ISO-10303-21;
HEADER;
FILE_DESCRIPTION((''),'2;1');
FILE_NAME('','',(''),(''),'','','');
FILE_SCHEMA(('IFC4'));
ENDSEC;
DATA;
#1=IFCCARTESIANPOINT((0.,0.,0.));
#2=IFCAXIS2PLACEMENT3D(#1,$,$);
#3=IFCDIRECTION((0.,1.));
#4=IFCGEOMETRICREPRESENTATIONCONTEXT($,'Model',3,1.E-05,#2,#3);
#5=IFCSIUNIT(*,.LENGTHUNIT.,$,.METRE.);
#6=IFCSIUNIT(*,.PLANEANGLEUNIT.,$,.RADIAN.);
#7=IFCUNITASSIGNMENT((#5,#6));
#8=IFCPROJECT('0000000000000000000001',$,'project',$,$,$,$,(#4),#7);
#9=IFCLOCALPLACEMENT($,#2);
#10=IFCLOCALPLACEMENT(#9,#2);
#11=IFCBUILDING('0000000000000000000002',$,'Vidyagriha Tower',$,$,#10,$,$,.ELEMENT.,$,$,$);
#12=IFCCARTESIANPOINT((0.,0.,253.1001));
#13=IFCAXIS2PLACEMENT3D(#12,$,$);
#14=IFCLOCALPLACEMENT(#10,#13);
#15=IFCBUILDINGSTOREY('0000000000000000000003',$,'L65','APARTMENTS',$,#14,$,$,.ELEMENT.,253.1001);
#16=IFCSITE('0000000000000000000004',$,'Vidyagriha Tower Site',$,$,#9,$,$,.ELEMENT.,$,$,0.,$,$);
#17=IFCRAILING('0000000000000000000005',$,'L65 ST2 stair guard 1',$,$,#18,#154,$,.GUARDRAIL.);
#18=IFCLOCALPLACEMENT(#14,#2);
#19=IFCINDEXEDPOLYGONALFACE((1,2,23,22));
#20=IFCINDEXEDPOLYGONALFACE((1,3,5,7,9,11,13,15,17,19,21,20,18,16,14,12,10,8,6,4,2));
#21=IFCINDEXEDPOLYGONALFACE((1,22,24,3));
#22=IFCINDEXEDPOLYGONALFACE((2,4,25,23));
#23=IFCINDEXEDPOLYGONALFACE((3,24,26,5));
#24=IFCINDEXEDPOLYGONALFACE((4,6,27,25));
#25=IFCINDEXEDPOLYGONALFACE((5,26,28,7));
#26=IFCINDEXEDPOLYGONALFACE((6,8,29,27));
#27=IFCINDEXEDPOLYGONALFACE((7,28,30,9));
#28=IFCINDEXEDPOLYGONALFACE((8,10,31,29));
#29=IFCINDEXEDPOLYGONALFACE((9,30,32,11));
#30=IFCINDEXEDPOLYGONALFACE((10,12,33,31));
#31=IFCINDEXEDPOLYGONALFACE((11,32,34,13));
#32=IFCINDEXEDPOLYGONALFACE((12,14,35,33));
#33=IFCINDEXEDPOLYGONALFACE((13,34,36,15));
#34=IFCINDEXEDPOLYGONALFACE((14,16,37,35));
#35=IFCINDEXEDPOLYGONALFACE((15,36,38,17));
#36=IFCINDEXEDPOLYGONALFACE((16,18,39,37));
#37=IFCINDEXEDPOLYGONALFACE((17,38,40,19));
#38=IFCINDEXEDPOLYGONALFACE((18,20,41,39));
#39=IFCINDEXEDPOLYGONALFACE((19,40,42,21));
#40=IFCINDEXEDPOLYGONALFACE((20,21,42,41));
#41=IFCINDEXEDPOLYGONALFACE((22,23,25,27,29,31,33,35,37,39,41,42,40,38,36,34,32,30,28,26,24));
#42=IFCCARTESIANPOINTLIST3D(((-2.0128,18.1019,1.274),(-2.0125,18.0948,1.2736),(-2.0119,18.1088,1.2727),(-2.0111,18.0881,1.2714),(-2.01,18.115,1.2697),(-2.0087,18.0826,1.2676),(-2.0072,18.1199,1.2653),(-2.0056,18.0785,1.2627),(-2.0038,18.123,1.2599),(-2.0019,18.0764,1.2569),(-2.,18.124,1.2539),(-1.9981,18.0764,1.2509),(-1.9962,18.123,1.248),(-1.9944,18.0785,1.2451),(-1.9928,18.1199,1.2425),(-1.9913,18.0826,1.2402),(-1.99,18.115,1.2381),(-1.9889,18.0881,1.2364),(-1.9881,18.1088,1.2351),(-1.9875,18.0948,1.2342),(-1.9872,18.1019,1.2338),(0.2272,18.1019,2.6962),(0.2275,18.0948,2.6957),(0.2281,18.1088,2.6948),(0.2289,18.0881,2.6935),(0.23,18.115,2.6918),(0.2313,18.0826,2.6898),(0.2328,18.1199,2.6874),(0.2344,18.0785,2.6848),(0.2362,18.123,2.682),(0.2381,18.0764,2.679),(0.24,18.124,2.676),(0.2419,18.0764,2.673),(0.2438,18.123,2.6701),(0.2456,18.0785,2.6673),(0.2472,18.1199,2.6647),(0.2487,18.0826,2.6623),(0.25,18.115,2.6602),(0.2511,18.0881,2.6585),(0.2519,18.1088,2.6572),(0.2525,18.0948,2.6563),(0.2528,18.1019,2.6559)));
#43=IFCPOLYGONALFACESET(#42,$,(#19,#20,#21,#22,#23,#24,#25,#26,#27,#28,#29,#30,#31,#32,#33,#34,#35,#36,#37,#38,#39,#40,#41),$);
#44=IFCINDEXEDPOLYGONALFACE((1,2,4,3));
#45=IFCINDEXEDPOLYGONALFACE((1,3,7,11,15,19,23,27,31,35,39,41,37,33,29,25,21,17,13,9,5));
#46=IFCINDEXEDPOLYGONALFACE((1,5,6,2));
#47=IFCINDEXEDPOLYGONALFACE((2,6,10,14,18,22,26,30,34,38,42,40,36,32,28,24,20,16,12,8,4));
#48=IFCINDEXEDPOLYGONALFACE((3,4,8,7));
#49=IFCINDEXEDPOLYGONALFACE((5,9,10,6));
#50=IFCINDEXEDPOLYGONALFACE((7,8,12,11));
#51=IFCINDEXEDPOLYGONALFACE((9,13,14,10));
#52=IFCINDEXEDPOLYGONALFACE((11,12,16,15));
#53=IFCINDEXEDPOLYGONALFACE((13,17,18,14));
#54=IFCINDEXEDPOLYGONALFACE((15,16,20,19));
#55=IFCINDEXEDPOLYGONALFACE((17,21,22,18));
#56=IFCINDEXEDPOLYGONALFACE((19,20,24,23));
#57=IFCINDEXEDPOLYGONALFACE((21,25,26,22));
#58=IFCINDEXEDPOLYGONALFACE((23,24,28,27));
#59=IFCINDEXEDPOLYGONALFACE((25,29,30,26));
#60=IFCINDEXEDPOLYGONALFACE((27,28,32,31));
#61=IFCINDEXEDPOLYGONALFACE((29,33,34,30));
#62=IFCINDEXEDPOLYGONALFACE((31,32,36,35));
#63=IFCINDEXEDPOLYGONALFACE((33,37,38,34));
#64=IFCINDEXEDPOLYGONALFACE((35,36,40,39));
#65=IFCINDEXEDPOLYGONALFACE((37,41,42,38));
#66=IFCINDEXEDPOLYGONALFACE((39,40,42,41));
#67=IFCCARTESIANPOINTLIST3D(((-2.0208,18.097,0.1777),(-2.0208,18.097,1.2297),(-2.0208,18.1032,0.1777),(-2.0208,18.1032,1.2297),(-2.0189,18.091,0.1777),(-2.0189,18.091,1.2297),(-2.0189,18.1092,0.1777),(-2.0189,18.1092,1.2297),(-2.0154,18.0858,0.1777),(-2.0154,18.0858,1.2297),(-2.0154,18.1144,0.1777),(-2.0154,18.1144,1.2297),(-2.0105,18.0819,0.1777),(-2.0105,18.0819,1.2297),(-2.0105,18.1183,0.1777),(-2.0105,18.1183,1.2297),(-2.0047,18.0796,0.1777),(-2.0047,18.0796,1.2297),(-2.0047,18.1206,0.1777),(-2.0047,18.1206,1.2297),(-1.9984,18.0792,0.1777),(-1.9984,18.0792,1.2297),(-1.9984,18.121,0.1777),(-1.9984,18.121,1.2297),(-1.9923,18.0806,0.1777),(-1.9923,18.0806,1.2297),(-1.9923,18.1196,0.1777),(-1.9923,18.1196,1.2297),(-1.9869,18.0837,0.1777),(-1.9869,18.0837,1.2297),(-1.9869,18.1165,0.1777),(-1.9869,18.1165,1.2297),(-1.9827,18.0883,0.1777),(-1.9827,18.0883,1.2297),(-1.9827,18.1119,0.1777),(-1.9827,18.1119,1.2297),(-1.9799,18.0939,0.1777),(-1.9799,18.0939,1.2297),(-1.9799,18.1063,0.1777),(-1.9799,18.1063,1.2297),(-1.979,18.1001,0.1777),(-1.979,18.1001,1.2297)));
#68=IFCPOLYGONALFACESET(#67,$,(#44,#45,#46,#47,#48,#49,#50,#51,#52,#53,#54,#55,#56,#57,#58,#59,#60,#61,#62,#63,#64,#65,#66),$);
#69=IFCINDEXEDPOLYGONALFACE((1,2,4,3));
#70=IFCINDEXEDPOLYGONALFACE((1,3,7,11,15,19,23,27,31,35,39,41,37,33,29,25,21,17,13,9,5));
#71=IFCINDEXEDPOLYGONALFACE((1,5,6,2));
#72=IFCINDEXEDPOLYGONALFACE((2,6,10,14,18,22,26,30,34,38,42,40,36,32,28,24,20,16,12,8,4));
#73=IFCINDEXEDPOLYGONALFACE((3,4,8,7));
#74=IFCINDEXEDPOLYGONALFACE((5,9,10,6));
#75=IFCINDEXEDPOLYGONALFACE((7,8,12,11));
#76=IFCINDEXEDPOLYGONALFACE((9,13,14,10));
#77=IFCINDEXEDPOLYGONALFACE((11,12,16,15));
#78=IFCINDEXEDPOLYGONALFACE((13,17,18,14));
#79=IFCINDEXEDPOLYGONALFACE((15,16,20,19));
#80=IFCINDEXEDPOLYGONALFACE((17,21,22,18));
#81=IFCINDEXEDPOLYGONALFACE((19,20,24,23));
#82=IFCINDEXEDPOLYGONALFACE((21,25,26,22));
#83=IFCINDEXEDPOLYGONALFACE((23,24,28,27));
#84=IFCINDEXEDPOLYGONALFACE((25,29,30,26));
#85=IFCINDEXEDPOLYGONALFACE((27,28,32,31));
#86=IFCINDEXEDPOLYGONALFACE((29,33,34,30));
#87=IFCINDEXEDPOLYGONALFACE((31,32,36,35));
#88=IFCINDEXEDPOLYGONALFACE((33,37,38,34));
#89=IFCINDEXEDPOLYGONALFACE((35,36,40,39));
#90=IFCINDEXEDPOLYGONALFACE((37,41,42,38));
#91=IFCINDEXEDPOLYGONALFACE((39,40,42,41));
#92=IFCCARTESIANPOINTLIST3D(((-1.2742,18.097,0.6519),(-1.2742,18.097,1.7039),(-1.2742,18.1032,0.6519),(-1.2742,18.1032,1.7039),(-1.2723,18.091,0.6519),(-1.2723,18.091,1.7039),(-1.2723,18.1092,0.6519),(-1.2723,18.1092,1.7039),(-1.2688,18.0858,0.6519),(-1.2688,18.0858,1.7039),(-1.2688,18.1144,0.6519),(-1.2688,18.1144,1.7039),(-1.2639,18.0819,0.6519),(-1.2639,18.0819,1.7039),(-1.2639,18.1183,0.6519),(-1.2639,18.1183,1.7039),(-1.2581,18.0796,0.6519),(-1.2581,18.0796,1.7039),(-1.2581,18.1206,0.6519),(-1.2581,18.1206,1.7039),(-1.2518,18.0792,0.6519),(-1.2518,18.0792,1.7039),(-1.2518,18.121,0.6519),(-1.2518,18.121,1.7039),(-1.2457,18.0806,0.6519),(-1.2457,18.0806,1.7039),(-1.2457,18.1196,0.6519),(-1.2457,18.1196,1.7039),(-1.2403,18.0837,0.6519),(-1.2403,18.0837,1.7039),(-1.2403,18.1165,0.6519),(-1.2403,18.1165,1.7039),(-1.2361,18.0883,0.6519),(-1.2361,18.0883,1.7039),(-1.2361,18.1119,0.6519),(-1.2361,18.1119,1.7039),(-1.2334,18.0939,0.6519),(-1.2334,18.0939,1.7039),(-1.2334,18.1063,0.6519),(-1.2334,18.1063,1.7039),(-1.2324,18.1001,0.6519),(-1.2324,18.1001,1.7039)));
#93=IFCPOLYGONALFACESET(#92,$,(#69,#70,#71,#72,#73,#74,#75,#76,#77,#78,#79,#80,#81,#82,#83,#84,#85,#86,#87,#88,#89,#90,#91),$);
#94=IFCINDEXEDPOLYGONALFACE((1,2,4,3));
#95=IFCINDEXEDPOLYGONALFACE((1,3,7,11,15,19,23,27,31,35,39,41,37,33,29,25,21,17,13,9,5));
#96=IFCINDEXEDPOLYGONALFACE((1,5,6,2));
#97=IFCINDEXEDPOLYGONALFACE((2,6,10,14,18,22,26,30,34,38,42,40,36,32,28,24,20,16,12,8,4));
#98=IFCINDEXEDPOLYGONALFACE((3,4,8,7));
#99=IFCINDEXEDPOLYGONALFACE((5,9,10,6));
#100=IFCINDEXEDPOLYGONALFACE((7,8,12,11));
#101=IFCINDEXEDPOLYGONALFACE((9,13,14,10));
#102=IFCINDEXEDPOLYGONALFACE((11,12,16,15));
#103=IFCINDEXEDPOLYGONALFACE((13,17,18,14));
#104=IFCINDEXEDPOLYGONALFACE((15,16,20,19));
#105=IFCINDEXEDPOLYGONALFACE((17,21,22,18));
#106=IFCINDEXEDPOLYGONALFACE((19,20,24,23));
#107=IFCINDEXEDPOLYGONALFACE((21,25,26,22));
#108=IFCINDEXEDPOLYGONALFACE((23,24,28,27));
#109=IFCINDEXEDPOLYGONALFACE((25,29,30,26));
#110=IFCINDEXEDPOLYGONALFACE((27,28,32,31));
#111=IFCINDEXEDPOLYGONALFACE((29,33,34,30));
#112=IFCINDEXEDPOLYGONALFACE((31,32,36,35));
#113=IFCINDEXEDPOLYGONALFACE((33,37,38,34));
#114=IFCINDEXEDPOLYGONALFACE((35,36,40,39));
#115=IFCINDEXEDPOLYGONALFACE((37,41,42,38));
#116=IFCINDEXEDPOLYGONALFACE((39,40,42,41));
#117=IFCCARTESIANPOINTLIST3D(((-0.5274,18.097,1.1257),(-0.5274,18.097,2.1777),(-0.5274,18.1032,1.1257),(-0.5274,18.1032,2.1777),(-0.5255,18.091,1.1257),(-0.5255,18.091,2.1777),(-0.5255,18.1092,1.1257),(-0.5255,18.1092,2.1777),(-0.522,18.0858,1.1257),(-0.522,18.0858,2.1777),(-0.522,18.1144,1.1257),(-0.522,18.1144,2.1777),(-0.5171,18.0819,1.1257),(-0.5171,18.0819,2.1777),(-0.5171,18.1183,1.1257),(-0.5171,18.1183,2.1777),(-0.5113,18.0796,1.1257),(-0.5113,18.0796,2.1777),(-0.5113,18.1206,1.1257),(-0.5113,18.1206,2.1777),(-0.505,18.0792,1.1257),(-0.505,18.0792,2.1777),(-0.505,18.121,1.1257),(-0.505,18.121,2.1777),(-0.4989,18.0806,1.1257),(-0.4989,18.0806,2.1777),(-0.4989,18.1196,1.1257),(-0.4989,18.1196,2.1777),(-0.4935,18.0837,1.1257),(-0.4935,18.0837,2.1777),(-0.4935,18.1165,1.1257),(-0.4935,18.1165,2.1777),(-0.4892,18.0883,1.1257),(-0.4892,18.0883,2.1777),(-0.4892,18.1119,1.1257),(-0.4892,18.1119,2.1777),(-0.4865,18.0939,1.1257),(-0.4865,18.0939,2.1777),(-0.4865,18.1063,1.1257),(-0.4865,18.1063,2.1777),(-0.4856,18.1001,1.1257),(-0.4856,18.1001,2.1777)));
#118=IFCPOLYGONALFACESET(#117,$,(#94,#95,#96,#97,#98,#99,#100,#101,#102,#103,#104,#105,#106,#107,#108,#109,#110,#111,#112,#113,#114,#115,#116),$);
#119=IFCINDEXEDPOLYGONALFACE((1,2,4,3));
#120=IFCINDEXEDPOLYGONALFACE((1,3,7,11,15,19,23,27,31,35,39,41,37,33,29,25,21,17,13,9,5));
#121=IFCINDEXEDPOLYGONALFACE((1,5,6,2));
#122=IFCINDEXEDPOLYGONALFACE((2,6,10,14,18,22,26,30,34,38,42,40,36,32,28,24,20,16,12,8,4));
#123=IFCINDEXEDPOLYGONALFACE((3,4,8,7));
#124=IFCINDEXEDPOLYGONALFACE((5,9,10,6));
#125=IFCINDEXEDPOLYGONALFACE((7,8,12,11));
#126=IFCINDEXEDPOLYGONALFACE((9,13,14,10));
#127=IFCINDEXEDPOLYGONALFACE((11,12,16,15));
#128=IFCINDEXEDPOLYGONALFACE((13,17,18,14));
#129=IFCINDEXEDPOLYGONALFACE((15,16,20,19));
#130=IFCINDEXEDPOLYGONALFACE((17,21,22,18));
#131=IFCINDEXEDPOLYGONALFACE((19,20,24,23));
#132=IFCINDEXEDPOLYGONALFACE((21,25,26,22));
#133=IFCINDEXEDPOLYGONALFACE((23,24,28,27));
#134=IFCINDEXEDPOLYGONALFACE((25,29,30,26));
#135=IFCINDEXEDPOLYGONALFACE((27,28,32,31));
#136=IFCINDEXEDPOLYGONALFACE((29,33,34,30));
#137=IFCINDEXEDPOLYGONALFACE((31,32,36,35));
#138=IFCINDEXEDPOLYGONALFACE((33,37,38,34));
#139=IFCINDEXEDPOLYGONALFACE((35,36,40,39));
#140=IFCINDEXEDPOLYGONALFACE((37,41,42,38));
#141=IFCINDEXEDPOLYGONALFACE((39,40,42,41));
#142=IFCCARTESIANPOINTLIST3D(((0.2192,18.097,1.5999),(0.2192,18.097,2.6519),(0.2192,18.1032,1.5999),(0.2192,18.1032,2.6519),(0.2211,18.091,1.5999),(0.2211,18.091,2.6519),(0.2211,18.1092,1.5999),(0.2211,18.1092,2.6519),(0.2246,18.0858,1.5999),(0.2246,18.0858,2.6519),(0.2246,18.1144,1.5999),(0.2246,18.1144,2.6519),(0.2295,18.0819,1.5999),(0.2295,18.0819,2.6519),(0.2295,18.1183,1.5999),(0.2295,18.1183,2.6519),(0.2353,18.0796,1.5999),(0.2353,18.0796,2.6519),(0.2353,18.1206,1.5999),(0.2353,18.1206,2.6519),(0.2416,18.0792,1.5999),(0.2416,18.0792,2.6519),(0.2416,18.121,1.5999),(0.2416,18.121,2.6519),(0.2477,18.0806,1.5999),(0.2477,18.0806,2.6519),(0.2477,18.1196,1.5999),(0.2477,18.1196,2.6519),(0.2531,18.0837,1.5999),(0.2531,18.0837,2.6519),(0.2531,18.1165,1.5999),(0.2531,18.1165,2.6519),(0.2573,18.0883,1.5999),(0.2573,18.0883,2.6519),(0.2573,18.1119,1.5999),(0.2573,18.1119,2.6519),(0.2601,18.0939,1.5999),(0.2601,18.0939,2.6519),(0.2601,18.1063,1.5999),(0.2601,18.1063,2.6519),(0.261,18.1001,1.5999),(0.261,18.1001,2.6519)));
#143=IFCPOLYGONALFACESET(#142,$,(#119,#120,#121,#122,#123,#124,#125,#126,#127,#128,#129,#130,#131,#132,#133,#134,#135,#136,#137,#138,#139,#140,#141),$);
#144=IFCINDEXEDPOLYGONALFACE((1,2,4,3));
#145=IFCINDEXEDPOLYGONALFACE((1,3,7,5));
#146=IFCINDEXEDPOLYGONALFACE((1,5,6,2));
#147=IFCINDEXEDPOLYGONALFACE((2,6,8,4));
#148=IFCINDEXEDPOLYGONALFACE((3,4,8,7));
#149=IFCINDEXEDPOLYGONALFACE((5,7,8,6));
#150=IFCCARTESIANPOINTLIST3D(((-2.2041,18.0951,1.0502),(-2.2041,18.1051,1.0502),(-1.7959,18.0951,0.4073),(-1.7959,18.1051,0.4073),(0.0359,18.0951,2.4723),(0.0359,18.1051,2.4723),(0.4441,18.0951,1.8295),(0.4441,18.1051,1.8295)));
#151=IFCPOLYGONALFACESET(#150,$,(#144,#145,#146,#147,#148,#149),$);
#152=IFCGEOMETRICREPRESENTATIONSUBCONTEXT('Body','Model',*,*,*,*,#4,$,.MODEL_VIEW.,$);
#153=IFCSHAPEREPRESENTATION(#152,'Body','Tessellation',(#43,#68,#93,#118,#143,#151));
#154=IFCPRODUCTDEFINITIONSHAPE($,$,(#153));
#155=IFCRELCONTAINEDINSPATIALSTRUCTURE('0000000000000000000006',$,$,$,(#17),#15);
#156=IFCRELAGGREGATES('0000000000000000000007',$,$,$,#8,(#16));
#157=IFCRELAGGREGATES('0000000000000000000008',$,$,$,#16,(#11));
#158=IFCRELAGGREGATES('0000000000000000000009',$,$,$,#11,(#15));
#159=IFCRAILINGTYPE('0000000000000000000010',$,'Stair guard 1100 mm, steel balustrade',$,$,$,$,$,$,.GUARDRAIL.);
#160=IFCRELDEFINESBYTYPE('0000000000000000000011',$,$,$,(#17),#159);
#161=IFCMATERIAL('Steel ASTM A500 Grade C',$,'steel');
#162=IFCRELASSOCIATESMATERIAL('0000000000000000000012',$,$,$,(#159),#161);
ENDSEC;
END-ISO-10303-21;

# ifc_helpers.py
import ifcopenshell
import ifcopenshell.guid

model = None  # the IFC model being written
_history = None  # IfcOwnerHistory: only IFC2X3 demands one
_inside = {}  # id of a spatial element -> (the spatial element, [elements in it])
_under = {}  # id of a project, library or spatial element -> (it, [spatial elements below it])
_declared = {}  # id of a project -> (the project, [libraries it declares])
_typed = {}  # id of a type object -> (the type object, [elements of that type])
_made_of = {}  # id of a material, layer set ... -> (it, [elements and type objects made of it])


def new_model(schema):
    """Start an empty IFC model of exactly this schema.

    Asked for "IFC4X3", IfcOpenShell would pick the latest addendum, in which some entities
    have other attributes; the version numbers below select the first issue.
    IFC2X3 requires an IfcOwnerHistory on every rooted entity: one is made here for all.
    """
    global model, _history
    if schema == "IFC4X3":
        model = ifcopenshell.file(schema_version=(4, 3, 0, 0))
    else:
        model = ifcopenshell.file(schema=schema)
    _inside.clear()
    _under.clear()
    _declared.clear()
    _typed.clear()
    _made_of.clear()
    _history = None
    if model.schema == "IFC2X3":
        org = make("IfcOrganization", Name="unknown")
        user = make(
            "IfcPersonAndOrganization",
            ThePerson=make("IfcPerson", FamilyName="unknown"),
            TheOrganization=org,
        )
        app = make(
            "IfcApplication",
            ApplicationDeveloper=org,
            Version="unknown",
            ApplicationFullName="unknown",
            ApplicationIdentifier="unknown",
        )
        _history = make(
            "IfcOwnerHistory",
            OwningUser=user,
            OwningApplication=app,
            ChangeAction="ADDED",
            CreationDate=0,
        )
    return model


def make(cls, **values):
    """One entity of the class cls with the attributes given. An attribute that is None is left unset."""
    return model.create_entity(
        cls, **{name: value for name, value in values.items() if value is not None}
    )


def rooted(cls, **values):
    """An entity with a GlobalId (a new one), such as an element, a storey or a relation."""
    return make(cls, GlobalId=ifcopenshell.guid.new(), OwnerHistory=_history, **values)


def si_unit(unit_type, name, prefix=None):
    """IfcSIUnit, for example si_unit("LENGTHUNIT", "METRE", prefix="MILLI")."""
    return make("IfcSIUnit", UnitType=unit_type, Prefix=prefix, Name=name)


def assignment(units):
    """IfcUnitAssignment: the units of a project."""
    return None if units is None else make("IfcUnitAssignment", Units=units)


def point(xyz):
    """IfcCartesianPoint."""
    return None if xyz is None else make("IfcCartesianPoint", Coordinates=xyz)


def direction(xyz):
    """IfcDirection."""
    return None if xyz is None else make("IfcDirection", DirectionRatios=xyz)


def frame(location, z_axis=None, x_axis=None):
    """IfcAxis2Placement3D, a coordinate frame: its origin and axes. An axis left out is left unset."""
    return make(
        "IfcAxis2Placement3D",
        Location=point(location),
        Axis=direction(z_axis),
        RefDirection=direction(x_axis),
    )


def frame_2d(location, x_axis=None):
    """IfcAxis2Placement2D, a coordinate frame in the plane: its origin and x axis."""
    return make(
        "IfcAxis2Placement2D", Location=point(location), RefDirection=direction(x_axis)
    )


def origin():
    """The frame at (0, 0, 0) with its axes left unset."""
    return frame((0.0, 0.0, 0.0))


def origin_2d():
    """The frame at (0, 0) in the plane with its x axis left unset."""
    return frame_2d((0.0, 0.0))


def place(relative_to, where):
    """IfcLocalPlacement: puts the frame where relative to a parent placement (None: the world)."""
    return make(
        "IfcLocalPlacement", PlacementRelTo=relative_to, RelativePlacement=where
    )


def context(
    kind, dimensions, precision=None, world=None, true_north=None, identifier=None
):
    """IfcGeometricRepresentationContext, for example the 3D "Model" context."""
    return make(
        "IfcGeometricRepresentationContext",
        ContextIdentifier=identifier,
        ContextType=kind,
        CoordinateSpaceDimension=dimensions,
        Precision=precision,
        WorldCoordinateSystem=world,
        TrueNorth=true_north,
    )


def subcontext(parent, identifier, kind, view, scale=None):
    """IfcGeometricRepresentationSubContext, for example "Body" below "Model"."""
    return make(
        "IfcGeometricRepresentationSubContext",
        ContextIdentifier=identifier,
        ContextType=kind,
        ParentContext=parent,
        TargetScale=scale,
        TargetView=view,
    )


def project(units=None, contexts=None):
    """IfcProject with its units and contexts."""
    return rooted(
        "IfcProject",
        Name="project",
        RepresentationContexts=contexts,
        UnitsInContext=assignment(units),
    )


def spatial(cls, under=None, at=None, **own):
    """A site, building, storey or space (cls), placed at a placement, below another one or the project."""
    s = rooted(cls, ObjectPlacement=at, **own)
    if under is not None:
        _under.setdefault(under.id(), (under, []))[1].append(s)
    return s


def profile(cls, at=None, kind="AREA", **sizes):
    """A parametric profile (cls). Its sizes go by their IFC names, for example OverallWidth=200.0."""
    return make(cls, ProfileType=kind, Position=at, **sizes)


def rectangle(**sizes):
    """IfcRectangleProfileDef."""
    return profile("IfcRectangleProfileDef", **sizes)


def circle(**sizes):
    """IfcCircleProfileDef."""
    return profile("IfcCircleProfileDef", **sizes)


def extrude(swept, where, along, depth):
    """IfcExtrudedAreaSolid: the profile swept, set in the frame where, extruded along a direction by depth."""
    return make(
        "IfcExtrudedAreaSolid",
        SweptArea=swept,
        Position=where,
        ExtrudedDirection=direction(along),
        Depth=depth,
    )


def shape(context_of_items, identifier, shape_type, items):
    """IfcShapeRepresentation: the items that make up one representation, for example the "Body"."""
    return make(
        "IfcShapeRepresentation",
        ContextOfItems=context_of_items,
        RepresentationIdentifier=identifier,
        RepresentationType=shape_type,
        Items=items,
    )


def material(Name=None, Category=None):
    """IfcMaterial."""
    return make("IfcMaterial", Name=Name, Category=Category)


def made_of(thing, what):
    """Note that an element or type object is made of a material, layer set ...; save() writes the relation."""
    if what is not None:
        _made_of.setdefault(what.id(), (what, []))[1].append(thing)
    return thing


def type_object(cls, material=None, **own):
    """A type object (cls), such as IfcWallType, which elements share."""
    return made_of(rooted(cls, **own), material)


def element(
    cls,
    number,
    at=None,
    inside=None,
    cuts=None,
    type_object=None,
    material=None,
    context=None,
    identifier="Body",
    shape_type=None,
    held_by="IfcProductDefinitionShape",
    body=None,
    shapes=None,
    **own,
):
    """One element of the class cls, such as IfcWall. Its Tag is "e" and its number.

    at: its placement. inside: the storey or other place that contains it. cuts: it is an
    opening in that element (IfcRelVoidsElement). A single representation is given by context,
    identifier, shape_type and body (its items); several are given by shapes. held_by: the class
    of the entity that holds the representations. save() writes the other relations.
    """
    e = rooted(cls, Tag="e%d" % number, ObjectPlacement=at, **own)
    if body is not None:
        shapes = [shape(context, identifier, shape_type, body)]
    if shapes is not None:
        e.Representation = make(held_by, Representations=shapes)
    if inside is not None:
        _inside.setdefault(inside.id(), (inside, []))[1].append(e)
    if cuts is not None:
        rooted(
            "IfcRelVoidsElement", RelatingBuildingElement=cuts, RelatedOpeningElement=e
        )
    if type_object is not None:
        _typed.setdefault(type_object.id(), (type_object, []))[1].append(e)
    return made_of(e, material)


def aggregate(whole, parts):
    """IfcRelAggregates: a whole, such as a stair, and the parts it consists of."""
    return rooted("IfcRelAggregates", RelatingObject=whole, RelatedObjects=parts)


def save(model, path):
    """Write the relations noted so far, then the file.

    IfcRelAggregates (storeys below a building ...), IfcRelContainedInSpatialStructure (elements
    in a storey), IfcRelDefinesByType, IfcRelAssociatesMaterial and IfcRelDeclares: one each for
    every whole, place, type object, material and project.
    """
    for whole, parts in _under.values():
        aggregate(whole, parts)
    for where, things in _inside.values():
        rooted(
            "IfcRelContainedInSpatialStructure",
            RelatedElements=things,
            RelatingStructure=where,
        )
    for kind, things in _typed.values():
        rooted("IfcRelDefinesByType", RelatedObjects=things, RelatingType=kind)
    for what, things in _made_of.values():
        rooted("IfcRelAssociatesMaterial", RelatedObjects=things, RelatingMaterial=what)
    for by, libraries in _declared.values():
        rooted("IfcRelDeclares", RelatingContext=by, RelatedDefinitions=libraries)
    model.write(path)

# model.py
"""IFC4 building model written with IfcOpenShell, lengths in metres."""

from ifc_helpers import new_model, si_unit, direction, frame, origin, origin_2d, place, context, subcontext, project, spatial, rectangle, circle, extrude, material, type_object, element, save


model = new_model("IFC4")

# Units and contexts
model_context = context("Model", 3, precision=1e-05, world=origin(), true_north=direction((0.0, 1.0)))
body_context = subcontext(model_context, "Body", "Model", "MODEL_VIEW")
ifc_project = project(units=[si_unit("LENGTHUNIT", "METRE"), si_unit("PLANEANGLEUNIT", "RADIAN")], contexts=[model_context])

# Site, building, storey
site_placement = place(None, origin())
site = spatial("IfcSite", under=ifc_project, at=site_placement, Name="Vidyagriha Tower Site", CompositionType="ELEMENT", RefElevation=0.0)
building_placement = place(site_placement, origin())
building = spatial("IfcBuilding", under=site, at=building_placement, Name="Vidyagriha Tower", CompositionType="ELEMENT")
storey_placement = place(building_placement, frame((0.0, 0.0, 253.1001)))
storey = spatial("IfcBuildingStorey", under=building, at=storey_placement, Name="L65", Description="APARTMENTS", CompositionType="ELEMENT", Elevation=253.1001)

# Railing
ifc_material_1 = material(Name="Steel ASTM A500 Grade C", Category="steel")
railing_type_1 = type_object("IfcRailingType", Name="Stair guard 1100 mm, steel balustrade", PredefinedType="GUARDRAIL", material=ifc_material_1)
railing_1_placement = place(storey_placement, frame((-2.0, 18.1001, 0.1777)))
element("IfcRailing", 1, at=railing_1_placement, inside=storey, type_object=railing_type_1, Name="L65 ST2 stair guard 1", PredefinedType="GUARDRAIL", context=body_context, shape_type="SweptSolid", body=[
    extrude(circle(Radius=0.0239, at=origin_2d()), frame((0.0, 0.0, 1.0762), z_axis=(0.844229, 0.0, 0.535982), x_axis=(0.0, 1.0, 0.0)), (0.0, 0.0, 1.0), 2.6533),
    extrude(circle(Radius=0.021, at=origin_2d()), origin(), (0.0, 0.0, 1.0), 1.052),
    extrude(circle(Radius=0.021, at=origin_2d()), frame((0.7466, 0.0, 0.4741)), (0.0, 0.0, 1.0), 1.052),
    extrude(circle(Radius=0.021, at=origin_2d()), frame((1.4934, 0.0, 0.948)), (0.0, 0.0, 1.0), 1.052),
    extrude(circle(Radius=0.021, at=origin_2d()), frame((2.24, 0.0, 1.4221)), (0.0, 0.0, 1.0), 1.052),
    extrude(rectangle(XDim=0.01, YDim=0.7615, at=origin_2d()), frame((0.0, 0.0, 0.551), z_axis=(0.844229, 0.0, 0.535982), x_axis=(0.0, 1.0, 0.0)), (0.0, 0.0, 1.0), 2.6533),
])

save(model, "model.ifc")
